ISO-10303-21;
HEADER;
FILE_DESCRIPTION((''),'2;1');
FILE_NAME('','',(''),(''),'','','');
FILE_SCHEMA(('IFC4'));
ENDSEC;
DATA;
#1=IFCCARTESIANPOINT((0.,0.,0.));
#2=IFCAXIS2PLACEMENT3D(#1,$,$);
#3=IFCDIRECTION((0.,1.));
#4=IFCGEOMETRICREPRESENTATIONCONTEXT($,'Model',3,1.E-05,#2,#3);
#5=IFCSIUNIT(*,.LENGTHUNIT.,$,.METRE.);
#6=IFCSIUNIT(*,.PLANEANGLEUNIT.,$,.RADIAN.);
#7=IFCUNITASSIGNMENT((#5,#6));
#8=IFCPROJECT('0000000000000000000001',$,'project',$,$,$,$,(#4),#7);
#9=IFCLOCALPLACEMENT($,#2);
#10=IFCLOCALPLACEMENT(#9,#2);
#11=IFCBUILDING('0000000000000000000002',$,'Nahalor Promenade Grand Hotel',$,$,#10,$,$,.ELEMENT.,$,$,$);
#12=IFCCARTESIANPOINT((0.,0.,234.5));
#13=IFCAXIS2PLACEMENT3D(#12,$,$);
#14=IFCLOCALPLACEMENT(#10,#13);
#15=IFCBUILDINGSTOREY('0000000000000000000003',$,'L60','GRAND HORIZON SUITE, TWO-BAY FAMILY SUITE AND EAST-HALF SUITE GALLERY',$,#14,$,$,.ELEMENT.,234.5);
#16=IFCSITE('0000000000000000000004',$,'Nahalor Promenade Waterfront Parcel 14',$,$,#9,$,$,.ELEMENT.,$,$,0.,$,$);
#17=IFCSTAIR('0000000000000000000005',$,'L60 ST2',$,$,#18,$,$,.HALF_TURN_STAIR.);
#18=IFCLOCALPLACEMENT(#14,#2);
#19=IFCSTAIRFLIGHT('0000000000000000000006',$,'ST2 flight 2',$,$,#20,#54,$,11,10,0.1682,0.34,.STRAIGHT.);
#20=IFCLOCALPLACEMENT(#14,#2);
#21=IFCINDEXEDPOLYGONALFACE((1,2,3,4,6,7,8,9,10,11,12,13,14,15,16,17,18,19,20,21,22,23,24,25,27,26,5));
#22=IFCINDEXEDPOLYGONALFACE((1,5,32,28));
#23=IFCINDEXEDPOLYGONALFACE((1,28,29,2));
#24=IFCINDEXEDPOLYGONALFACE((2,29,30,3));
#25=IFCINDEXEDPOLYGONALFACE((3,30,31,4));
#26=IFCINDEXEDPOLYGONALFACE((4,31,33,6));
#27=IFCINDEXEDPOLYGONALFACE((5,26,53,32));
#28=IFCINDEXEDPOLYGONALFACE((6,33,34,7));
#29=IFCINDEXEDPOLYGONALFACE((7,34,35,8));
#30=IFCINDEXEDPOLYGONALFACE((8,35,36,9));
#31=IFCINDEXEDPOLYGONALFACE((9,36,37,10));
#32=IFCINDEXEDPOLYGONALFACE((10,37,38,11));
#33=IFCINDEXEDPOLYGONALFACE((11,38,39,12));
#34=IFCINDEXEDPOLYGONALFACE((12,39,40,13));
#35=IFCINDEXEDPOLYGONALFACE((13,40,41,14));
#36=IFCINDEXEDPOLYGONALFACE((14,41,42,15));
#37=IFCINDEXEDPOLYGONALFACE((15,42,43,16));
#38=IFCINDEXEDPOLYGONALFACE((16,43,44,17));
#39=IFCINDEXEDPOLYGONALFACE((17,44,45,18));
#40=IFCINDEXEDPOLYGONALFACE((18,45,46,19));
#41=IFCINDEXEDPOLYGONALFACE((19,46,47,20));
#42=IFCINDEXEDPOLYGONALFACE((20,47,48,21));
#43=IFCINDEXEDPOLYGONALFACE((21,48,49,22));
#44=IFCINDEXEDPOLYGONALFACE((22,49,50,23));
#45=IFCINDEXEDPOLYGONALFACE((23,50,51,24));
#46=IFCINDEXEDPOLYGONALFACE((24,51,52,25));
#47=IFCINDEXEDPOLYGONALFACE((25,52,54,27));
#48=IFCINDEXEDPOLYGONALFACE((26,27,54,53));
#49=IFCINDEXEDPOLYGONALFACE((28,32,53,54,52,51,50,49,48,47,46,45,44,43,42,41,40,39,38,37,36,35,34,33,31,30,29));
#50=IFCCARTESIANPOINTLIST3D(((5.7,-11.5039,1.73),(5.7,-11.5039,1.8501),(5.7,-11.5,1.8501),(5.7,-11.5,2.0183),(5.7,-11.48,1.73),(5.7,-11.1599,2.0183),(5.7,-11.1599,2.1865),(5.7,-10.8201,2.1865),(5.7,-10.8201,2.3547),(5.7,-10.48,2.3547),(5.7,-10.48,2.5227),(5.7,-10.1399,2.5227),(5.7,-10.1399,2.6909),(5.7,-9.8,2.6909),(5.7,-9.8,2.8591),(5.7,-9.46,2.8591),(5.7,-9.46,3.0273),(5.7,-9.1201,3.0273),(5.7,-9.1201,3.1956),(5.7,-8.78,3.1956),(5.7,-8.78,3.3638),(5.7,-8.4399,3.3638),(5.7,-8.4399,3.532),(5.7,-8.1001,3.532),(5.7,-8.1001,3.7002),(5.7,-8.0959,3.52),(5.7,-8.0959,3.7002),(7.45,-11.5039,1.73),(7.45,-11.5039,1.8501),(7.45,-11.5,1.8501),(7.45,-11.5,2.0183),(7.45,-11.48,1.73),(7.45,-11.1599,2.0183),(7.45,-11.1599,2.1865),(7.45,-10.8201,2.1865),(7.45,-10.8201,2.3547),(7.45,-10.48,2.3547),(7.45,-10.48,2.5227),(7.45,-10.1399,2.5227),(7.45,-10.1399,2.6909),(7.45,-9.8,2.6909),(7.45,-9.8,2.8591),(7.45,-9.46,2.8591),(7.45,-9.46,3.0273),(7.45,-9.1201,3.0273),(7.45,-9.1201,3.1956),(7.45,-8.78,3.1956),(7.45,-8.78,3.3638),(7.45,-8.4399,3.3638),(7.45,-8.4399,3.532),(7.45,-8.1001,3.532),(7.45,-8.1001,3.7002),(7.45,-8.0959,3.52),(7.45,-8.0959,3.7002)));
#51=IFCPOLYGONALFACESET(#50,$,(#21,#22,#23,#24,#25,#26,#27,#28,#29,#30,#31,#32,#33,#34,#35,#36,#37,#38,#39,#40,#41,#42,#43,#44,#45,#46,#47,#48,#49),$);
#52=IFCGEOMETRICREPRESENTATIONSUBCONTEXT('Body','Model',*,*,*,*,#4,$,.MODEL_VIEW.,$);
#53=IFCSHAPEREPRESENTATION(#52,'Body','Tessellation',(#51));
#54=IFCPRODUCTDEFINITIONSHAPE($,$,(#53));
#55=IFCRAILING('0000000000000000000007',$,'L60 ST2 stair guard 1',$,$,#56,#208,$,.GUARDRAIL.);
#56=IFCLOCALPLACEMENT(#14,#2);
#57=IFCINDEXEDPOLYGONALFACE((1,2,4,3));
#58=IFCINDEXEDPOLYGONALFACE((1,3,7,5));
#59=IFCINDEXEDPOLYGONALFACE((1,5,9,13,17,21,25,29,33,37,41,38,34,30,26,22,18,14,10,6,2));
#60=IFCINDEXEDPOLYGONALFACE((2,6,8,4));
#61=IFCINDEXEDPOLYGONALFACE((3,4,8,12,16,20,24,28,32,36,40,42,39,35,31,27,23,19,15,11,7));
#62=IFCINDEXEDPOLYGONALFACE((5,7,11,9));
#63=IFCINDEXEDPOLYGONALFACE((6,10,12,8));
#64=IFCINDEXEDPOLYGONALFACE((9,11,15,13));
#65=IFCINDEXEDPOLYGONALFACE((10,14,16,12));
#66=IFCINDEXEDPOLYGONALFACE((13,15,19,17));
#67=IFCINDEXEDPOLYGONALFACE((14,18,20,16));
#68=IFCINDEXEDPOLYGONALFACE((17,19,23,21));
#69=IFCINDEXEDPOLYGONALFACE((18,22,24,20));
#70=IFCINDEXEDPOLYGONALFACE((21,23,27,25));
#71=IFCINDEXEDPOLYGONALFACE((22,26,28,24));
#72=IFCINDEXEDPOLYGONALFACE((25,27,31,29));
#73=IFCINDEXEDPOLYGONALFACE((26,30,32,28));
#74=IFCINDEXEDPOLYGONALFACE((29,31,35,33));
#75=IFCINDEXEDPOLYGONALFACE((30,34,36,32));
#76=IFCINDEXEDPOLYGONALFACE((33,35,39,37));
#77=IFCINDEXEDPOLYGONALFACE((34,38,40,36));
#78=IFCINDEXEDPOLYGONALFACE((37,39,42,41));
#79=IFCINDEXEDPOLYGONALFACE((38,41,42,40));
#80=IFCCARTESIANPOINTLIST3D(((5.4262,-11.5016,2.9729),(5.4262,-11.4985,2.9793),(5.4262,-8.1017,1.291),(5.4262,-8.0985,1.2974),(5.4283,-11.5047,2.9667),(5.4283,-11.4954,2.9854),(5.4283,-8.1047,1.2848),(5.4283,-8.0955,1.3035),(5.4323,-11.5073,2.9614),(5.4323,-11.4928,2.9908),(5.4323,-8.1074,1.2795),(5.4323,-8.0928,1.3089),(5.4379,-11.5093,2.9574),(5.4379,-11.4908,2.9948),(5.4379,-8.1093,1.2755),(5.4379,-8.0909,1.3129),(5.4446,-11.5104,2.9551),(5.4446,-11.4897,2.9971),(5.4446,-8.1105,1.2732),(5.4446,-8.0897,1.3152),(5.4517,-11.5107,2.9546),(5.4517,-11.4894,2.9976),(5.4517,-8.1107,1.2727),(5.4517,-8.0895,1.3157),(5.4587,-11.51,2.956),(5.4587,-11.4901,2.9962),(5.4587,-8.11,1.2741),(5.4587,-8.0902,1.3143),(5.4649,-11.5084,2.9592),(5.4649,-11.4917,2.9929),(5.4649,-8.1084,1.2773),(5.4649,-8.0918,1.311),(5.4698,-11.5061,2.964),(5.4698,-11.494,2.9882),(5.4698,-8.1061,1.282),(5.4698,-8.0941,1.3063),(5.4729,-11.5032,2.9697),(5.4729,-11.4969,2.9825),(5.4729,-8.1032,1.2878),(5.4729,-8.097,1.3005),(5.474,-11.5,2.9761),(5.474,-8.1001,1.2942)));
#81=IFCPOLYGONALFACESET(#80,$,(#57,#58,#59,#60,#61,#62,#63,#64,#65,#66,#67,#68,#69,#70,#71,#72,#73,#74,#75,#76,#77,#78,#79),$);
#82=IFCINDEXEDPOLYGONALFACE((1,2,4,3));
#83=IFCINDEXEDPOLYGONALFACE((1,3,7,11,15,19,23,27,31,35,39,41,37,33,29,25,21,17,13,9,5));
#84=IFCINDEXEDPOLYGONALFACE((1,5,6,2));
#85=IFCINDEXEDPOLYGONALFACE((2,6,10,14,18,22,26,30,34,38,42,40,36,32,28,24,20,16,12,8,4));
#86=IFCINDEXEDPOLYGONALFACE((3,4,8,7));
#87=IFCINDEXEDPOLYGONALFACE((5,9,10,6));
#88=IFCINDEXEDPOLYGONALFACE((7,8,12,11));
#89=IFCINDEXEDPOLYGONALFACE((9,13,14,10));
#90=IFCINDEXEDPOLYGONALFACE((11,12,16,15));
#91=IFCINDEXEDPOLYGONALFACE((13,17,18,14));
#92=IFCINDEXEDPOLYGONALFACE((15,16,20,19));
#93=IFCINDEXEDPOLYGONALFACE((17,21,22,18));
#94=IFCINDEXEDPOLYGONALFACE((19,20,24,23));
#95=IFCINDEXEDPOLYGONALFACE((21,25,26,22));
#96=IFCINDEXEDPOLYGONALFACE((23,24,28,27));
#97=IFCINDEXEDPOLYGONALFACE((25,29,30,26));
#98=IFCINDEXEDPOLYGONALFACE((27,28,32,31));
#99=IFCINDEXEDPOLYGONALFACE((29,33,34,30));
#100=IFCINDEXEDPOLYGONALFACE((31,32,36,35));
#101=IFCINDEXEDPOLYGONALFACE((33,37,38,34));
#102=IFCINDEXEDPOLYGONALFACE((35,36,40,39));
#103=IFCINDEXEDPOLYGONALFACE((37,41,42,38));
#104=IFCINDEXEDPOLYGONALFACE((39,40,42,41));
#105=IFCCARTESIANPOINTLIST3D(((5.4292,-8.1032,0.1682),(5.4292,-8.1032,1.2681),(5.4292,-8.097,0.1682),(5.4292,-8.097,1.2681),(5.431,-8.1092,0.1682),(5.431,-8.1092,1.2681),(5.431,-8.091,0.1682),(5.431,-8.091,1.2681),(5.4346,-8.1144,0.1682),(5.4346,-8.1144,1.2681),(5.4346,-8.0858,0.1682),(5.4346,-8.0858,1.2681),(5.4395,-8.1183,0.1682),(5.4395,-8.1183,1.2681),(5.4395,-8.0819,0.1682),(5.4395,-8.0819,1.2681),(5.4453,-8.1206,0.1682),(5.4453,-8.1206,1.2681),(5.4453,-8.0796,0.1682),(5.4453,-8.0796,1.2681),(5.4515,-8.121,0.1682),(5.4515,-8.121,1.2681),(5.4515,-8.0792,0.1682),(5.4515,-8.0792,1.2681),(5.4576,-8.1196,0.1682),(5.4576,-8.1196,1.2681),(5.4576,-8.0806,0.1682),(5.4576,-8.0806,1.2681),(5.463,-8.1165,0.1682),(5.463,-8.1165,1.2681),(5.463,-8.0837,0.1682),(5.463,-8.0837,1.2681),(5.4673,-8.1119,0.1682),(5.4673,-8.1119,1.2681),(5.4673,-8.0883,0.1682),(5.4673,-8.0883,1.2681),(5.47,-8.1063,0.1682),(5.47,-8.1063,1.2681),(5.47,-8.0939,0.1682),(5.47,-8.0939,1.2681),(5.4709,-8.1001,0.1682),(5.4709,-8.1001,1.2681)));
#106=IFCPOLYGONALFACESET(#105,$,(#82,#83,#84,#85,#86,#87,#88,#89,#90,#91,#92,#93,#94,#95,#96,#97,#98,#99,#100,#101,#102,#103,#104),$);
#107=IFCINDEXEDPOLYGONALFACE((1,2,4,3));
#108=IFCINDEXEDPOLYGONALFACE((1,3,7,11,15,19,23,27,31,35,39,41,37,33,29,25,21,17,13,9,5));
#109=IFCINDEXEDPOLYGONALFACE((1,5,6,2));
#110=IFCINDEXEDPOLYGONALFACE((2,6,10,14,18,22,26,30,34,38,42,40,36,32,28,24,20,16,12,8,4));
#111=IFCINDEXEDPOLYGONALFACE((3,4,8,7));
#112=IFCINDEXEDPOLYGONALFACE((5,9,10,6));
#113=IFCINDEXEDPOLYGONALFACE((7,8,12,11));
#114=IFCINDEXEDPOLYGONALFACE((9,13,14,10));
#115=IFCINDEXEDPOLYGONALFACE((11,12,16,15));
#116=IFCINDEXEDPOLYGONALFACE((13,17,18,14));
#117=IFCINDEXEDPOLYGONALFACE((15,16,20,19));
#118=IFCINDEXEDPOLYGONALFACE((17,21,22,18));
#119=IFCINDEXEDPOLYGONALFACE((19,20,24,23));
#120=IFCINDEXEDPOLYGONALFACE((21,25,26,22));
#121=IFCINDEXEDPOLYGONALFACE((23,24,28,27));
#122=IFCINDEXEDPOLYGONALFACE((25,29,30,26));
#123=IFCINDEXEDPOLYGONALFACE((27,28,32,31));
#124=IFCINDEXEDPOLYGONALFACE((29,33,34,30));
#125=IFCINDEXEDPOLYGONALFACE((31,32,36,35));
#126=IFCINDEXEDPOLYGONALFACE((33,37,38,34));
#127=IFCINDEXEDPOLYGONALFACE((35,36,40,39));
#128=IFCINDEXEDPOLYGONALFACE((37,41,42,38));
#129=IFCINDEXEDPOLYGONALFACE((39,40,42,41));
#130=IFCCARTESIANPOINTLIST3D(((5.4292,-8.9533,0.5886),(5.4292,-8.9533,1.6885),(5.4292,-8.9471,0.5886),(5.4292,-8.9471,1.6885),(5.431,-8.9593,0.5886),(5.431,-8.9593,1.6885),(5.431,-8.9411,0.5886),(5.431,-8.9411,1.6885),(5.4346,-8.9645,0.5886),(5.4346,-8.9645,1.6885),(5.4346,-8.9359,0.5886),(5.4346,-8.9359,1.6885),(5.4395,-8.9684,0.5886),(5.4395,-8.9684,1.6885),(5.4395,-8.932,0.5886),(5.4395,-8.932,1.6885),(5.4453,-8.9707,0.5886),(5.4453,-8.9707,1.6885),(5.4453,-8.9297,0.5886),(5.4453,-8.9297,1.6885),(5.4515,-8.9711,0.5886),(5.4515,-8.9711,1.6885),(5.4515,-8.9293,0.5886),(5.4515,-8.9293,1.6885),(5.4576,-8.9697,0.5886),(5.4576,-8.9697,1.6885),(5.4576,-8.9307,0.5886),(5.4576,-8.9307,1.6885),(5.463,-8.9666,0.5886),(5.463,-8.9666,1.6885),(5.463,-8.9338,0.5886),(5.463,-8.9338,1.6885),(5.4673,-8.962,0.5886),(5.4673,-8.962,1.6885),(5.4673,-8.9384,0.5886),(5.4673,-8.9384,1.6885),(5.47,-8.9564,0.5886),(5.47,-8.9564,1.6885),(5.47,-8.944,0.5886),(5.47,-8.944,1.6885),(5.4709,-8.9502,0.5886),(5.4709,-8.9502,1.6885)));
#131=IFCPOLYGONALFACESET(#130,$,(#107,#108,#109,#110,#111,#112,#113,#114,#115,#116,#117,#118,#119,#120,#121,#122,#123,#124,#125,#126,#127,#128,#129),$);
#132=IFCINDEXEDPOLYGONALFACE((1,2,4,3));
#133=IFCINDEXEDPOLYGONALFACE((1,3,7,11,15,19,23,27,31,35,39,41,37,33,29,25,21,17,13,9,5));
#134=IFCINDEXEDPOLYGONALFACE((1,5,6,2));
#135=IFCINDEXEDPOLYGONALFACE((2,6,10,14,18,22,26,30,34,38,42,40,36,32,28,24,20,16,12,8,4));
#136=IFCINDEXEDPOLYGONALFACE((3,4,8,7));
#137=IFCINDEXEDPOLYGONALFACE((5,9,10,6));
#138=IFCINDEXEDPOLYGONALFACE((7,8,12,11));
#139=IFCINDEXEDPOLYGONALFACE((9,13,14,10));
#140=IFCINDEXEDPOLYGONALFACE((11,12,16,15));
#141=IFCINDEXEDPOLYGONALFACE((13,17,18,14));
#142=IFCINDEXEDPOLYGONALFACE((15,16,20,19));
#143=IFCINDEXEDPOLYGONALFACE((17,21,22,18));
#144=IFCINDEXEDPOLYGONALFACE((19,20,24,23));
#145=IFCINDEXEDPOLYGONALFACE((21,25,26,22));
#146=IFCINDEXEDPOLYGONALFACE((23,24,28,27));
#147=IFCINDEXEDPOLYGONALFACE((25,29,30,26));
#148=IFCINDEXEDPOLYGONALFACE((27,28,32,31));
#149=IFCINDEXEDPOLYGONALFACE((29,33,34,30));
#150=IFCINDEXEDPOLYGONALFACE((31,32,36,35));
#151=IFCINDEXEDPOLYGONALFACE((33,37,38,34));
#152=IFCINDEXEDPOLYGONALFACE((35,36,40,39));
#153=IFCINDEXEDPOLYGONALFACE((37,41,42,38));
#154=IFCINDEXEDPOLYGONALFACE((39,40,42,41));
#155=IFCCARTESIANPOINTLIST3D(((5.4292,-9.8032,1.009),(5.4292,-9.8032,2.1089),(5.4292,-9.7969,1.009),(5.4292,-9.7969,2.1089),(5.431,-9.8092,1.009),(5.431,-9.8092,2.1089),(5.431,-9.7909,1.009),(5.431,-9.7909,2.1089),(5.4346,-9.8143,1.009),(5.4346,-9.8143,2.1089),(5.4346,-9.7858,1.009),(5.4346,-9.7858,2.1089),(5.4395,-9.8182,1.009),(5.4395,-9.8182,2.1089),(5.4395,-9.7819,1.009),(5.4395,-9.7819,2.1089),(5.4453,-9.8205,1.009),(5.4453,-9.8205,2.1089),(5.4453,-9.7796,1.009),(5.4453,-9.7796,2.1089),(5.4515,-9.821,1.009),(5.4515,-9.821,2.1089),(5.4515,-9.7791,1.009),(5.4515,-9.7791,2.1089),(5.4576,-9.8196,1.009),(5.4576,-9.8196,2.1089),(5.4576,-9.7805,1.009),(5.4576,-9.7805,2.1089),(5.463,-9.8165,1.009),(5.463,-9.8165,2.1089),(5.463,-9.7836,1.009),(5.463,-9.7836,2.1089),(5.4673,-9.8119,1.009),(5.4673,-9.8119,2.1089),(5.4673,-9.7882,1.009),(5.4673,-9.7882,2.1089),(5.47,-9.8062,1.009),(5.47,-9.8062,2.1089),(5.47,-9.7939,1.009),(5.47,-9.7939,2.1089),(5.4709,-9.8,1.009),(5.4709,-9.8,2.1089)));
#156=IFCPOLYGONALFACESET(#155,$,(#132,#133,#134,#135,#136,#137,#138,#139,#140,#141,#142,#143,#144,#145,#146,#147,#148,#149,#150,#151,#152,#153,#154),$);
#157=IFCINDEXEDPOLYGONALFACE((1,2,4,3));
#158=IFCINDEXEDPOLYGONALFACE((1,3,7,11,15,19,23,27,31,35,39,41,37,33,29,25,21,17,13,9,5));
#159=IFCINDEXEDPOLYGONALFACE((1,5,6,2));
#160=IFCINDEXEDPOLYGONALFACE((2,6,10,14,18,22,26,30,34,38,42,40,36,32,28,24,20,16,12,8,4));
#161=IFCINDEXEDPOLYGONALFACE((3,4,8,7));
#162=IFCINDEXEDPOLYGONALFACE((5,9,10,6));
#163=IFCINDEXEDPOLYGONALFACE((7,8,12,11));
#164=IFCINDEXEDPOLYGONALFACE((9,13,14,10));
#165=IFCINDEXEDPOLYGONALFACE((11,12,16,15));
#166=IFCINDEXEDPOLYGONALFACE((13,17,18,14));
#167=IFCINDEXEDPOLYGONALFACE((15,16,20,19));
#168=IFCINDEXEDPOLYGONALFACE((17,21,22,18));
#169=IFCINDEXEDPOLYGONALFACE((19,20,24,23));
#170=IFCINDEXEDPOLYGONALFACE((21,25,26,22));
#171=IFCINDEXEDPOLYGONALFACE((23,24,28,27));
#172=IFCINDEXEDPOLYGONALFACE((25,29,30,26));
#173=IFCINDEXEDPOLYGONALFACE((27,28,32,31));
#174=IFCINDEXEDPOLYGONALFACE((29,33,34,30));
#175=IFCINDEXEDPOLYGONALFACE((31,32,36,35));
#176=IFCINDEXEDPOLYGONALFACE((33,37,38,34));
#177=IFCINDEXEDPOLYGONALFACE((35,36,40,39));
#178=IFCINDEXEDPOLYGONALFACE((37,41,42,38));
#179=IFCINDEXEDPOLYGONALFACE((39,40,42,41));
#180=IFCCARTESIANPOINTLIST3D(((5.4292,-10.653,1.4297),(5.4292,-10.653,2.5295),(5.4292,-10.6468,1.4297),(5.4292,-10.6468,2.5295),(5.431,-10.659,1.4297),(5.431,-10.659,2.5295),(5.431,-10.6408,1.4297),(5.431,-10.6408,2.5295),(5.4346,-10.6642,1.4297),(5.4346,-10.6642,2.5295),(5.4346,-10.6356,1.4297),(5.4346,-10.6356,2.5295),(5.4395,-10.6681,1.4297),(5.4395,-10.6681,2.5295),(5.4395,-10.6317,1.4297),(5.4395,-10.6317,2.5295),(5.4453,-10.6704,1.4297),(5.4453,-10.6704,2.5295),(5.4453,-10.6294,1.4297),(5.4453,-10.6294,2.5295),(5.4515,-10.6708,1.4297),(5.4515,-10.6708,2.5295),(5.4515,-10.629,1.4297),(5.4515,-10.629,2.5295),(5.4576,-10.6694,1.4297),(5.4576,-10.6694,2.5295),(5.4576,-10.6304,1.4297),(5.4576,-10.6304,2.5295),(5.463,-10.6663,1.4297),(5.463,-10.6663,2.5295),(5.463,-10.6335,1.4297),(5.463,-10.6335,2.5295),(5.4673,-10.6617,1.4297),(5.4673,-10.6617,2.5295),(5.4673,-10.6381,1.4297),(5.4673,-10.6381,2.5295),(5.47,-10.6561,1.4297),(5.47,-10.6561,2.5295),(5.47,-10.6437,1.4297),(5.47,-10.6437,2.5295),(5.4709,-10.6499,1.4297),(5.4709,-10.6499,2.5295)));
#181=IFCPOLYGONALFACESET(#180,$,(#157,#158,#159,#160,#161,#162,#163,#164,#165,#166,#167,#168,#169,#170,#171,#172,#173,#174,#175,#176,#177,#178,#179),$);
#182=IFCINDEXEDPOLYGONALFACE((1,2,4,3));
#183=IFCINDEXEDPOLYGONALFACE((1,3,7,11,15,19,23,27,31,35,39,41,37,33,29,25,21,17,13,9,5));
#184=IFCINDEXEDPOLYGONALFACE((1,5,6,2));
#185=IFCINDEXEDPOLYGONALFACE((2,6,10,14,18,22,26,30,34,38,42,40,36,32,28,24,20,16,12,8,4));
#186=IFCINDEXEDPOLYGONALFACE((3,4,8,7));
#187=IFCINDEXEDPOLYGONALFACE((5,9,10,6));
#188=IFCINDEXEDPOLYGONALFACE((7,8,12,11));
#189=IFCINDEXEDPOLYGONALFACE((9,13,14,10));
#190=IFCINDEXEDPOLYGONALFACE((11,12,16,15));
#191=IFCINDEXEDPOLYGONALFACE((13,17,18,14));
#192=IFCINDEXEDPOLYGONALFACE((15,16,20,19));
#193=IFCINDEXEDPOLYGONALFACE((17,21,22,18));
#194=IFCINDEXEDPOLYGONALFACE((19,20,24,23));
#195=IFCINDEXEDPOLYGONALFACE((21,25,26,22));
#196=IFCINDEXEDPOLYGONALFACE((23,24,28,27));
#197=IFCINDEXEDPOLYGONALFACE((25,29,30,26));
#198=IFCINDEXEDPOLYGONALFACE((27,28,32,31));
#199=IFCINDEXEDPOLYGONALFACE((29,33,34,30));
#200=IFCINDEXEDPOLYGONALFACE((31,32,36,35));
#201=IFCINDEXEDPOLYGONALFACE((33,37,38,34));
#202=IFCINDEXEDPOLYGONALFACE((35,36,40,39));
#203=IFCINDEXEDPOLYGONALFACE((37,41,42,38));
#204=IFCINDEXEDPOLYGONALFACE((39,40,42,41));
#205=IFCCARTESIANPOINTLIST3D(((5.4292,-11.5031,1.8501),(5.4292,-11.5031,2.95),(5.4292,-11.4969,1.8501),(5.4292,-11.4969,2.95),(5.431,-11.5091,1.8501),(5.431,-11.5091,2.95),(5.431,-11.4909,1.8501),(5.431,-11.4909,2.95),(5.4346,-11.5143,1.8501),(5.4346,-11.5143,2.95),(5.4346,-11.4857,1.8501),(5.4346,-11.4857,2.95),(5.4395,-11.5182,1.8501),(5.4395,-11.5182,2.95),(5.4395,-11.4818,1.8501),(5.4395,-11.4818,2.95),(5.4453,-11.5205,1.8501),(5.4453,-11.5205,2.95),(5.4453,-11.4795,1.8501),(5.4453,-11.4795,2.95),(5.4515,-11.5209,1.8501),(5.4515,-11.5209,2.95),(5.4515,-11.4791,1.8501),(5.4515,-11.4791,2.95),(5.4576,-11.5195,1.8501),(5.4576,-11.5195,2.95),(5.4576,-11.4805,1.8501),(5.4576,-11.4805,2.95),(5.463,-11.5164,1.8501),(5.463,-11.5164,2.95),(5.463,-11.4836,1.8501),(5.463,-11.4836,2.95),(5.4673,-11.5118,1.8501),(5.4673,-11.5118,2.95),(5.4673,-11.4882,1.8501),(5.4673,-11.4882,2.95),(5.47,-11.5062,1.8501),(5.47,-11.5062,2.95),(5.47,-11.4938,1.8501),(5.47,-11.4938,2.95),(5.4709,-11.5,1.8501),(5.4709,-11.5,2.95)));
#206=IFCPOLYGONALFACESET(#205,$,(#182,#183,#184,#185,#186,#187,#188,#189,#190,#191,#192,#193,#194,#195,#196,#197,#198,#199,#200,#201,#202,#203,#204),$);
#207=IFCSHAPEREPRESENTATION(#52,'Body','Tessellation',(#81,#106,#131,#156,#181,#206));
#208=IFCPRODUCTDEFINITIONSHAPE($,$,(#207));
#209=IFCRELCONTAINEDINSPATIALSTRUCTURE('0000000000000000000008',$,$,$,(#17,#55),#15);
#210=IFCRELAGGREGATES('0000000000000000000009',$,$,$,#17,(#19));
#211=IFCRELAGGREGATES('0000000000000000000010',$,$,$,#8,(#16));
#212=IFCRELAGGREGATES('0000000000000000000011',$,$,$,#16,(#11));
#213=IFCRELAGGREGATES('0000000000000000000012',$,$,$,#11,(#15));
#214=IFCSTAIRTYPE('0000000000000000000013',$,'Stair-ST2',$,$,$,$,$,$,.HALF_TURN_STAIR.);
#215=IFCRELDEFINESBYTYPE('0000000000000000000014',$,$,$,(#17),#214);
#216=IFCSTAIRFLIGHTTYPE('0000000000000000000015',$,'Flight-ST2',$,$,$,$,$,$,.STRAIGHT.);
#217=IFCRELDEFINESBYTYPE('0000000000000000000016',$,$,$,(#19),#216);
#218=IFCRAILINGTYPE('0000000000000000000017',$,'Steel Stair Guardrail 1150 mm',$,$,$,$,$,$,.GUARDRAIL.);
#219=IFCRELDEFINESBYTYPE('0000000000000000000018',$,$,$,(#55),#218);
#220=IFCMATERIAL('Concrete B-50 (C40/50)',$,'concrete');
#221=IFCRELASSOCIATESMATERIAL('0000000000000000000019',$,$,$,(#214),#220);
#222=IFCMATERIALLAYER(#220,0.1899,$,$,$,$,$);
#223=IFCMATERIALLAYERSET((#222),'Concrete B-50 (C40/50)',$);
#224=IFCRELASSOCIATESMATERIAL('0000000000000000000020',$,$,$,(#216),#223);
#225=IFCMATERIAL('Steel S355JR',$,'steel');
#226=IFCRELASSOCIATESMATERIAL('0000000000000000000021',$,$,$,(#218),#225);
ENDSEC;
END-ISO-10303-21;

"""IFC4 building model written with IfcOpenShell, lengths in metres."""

from ifc_helpers import new_model, si_unit, direction, frame, origin, origin_2d, place, context, subcontext, project, spatial, polyline, circle, outline, extrude, source, transform, mapped, material, layer, layer_set, type_object, element, aggregate, save


model = new_model("IFC4")

# Units and contexts
model_context = context("Model", 3, precision=1e-05, world=origin(), true_north=direction((0.0, 1.0)))
body_context = subcontext(model_context, "Body", "Model", "MODEL_VIEW")
ifc_project = project(units=[si_unit("LENGTHUNIT", "METRE"), si_unit("PLANEANGLEUNIT", "RADIAN")], contexts=[model_context])

# Site, building, storey
site_placement = place(None, origin())
site = spatial("IfcSite", under=ifc_project, at=site_placement, Name="Nahalor Promenade Waterfront Parcel 14", CompositionType="ELEMENT", RefElevation=0.0)
building_placement = place(site_placement, origin())
building = spatial("IfcBuilding", under=site, at=building_placement, Name="Nahalor Promenade Grand Hotel", CompositionType="ELEMENT")
storey_placement = place(building_placement, frame((0.0, 0.0, 234.5)))
storey = spatial("IfcBuildingStorey", under=building, at=storey_placement, Name="L60", Description="GRAND HORIZON SUITE, TWO-BAY FAMILY SUITE AND EAST-HALF SUITE GALLERY", CompositionType="ELEMENT", Elevation=234.5)

# Shared definitions
ifc_material_1 = material(Name="Steel S355JR", Category="steel")

# Shared definitions
ifc_material_2 = material(Name="Concrete B-50 (C40/50)", Category="concrete")

# Stair, stair flight
stair_type = type_object("IfcStairType", Name="Stair-ST2", PredefinedType="HALF_TURN_STAIR", material=ifc_material_2)
stair_placement = place(storey_placement, origin())
stair = element("IfcStair", 1, at=stair_placement, inside=storey, type_object=stair_type, Name="L60 ST2", PredefinedType="HALF_TURN_STAIR")
ifc_layer_1 = layer(ifc_material_2, 0.1899)
ifc_layer_set_1 = layer_set([ifc_layer_1], Name="Concrete B-50 (C40/50)")
stair_flight_type = type_object("IfcStairFlightType", Name="Flight-ST2", PredefinedType="STRAIGHT", material=ifc_layer_set_1)
shared_shape_1 = source(origin(), body_context, "Body", "SweptSolid", [
    extrude(outline(polyline([(-0.0039, -0.1201), (-0.0039, 0.0), (0.0, 0.0), (0.0, 0.1682), (0.3401, 0.1682), (0.3401, 0.3364), (0.6799, 0.3364), (0.6799, 0.5046), (1.02, 0.5046), (1.02, 0.6726), (1.3601, 0.6726), (1.3601, 0.8408), (1.7, 0.8408), (1.7, 1.009), (2.04, 1.009), (2.04, 1.1772), (2.3799, 1.1772), (2.3799, 1.3455), (2.72, 1.3455), (2.72, 1.5137), (3.0601, 1.5137), (3.0601, 1.6819), (3.3999, 1.6819), (3.3999, 1.8501), (3.4041, 1.8501), (3.4041, 1.6699), (0.02, -0.1201), (-0.0039, -0.1201)])), frame((0.0, 0.875, 0.0), z_axis=(0.0, -1.0, 0.0), x_axis=(1.0, 0.0, 0.0)), (0.0, 0.0, 1.0), 1.75),
])
stair_flight_1_placement = place(storey_placement, frame((6.575, -11.5, 1.8501), z_axis=(0.0, 0.0, 1.0), x_axis=(0.0, 1.0, 0.0)))
stair_flight_1 = element("IfcStairFlight", 2, at=stair_flight_1_placement, type_object=stair_flight_type, Name="ST2 flight 2", NumberOfRisers=11, NumberOfTreads=10, PredefinedType="STRAIGHT", RiserHeight=0.1682, TreadLength=0.34, context=body_context, shape_type="MappedRepresentation", body=[
    mapped(shared_shape_1, transform((0.0, 0.0, 0.0), scale=1.0)),
])
aggregate(stair, [stair_flight_1])

# Railing
railing_type_1 = type_object("IfcRailingType", Name="Steel Stair Guardrail 1150 mm", PredefinedType="GUARDRAIL", material=ifc_material_1)
railing_1_placement = place(storey_placement, frame((5.45, -8.1001, 0.1682)))
element("IfcRailing", 3, at=railing_1_placement, inside=storey, type_object=railing_type_1, Name="L60 ST2 stair guard 1", PredefinedType="GUARDRAIL", context=body_context, shape_type="SweptSolid", body=[
    extrude(circle(Radius=0.024, at=origin_2d()), frame((0.0, 0.0, 1.126), z_axis=(0.0, -0.896324, 0.443399), x_axis=(1.0, 0.0, 0.0)), (0.0, 0.0, 1.0), 3.7932),
    extrude(circle(Radius=0.021, at=origin_2d()), origin(), (0.0, 0.0, 1.0), 1.0999),
    extrude(circle(Radius=0.021, at=origin_2d()), frame((0.0, -0.8501, 0.4204)), (0.0, 0.0, 1.0), 1.0999),
    extrude(circle(Radius=0.021, at=origin_2d()), frame((0.0, -1.7, 0.8408)), (0.0, 0.0, 1.0), 1.0999),
    extrude(circle(Radius=0.021, at=origin_2d()), frame((0.0, -2.5498, 1.2615)), (0.0, 0.0, 1.0), 1.0999),
    extrude(circle(Radius=0.021, at=origin_2d()), frame((0.0, -3.3999, 1.6819)), (0.0, 0.0, 1.0), 1.0999),
])

save(model, "model.ifc")
